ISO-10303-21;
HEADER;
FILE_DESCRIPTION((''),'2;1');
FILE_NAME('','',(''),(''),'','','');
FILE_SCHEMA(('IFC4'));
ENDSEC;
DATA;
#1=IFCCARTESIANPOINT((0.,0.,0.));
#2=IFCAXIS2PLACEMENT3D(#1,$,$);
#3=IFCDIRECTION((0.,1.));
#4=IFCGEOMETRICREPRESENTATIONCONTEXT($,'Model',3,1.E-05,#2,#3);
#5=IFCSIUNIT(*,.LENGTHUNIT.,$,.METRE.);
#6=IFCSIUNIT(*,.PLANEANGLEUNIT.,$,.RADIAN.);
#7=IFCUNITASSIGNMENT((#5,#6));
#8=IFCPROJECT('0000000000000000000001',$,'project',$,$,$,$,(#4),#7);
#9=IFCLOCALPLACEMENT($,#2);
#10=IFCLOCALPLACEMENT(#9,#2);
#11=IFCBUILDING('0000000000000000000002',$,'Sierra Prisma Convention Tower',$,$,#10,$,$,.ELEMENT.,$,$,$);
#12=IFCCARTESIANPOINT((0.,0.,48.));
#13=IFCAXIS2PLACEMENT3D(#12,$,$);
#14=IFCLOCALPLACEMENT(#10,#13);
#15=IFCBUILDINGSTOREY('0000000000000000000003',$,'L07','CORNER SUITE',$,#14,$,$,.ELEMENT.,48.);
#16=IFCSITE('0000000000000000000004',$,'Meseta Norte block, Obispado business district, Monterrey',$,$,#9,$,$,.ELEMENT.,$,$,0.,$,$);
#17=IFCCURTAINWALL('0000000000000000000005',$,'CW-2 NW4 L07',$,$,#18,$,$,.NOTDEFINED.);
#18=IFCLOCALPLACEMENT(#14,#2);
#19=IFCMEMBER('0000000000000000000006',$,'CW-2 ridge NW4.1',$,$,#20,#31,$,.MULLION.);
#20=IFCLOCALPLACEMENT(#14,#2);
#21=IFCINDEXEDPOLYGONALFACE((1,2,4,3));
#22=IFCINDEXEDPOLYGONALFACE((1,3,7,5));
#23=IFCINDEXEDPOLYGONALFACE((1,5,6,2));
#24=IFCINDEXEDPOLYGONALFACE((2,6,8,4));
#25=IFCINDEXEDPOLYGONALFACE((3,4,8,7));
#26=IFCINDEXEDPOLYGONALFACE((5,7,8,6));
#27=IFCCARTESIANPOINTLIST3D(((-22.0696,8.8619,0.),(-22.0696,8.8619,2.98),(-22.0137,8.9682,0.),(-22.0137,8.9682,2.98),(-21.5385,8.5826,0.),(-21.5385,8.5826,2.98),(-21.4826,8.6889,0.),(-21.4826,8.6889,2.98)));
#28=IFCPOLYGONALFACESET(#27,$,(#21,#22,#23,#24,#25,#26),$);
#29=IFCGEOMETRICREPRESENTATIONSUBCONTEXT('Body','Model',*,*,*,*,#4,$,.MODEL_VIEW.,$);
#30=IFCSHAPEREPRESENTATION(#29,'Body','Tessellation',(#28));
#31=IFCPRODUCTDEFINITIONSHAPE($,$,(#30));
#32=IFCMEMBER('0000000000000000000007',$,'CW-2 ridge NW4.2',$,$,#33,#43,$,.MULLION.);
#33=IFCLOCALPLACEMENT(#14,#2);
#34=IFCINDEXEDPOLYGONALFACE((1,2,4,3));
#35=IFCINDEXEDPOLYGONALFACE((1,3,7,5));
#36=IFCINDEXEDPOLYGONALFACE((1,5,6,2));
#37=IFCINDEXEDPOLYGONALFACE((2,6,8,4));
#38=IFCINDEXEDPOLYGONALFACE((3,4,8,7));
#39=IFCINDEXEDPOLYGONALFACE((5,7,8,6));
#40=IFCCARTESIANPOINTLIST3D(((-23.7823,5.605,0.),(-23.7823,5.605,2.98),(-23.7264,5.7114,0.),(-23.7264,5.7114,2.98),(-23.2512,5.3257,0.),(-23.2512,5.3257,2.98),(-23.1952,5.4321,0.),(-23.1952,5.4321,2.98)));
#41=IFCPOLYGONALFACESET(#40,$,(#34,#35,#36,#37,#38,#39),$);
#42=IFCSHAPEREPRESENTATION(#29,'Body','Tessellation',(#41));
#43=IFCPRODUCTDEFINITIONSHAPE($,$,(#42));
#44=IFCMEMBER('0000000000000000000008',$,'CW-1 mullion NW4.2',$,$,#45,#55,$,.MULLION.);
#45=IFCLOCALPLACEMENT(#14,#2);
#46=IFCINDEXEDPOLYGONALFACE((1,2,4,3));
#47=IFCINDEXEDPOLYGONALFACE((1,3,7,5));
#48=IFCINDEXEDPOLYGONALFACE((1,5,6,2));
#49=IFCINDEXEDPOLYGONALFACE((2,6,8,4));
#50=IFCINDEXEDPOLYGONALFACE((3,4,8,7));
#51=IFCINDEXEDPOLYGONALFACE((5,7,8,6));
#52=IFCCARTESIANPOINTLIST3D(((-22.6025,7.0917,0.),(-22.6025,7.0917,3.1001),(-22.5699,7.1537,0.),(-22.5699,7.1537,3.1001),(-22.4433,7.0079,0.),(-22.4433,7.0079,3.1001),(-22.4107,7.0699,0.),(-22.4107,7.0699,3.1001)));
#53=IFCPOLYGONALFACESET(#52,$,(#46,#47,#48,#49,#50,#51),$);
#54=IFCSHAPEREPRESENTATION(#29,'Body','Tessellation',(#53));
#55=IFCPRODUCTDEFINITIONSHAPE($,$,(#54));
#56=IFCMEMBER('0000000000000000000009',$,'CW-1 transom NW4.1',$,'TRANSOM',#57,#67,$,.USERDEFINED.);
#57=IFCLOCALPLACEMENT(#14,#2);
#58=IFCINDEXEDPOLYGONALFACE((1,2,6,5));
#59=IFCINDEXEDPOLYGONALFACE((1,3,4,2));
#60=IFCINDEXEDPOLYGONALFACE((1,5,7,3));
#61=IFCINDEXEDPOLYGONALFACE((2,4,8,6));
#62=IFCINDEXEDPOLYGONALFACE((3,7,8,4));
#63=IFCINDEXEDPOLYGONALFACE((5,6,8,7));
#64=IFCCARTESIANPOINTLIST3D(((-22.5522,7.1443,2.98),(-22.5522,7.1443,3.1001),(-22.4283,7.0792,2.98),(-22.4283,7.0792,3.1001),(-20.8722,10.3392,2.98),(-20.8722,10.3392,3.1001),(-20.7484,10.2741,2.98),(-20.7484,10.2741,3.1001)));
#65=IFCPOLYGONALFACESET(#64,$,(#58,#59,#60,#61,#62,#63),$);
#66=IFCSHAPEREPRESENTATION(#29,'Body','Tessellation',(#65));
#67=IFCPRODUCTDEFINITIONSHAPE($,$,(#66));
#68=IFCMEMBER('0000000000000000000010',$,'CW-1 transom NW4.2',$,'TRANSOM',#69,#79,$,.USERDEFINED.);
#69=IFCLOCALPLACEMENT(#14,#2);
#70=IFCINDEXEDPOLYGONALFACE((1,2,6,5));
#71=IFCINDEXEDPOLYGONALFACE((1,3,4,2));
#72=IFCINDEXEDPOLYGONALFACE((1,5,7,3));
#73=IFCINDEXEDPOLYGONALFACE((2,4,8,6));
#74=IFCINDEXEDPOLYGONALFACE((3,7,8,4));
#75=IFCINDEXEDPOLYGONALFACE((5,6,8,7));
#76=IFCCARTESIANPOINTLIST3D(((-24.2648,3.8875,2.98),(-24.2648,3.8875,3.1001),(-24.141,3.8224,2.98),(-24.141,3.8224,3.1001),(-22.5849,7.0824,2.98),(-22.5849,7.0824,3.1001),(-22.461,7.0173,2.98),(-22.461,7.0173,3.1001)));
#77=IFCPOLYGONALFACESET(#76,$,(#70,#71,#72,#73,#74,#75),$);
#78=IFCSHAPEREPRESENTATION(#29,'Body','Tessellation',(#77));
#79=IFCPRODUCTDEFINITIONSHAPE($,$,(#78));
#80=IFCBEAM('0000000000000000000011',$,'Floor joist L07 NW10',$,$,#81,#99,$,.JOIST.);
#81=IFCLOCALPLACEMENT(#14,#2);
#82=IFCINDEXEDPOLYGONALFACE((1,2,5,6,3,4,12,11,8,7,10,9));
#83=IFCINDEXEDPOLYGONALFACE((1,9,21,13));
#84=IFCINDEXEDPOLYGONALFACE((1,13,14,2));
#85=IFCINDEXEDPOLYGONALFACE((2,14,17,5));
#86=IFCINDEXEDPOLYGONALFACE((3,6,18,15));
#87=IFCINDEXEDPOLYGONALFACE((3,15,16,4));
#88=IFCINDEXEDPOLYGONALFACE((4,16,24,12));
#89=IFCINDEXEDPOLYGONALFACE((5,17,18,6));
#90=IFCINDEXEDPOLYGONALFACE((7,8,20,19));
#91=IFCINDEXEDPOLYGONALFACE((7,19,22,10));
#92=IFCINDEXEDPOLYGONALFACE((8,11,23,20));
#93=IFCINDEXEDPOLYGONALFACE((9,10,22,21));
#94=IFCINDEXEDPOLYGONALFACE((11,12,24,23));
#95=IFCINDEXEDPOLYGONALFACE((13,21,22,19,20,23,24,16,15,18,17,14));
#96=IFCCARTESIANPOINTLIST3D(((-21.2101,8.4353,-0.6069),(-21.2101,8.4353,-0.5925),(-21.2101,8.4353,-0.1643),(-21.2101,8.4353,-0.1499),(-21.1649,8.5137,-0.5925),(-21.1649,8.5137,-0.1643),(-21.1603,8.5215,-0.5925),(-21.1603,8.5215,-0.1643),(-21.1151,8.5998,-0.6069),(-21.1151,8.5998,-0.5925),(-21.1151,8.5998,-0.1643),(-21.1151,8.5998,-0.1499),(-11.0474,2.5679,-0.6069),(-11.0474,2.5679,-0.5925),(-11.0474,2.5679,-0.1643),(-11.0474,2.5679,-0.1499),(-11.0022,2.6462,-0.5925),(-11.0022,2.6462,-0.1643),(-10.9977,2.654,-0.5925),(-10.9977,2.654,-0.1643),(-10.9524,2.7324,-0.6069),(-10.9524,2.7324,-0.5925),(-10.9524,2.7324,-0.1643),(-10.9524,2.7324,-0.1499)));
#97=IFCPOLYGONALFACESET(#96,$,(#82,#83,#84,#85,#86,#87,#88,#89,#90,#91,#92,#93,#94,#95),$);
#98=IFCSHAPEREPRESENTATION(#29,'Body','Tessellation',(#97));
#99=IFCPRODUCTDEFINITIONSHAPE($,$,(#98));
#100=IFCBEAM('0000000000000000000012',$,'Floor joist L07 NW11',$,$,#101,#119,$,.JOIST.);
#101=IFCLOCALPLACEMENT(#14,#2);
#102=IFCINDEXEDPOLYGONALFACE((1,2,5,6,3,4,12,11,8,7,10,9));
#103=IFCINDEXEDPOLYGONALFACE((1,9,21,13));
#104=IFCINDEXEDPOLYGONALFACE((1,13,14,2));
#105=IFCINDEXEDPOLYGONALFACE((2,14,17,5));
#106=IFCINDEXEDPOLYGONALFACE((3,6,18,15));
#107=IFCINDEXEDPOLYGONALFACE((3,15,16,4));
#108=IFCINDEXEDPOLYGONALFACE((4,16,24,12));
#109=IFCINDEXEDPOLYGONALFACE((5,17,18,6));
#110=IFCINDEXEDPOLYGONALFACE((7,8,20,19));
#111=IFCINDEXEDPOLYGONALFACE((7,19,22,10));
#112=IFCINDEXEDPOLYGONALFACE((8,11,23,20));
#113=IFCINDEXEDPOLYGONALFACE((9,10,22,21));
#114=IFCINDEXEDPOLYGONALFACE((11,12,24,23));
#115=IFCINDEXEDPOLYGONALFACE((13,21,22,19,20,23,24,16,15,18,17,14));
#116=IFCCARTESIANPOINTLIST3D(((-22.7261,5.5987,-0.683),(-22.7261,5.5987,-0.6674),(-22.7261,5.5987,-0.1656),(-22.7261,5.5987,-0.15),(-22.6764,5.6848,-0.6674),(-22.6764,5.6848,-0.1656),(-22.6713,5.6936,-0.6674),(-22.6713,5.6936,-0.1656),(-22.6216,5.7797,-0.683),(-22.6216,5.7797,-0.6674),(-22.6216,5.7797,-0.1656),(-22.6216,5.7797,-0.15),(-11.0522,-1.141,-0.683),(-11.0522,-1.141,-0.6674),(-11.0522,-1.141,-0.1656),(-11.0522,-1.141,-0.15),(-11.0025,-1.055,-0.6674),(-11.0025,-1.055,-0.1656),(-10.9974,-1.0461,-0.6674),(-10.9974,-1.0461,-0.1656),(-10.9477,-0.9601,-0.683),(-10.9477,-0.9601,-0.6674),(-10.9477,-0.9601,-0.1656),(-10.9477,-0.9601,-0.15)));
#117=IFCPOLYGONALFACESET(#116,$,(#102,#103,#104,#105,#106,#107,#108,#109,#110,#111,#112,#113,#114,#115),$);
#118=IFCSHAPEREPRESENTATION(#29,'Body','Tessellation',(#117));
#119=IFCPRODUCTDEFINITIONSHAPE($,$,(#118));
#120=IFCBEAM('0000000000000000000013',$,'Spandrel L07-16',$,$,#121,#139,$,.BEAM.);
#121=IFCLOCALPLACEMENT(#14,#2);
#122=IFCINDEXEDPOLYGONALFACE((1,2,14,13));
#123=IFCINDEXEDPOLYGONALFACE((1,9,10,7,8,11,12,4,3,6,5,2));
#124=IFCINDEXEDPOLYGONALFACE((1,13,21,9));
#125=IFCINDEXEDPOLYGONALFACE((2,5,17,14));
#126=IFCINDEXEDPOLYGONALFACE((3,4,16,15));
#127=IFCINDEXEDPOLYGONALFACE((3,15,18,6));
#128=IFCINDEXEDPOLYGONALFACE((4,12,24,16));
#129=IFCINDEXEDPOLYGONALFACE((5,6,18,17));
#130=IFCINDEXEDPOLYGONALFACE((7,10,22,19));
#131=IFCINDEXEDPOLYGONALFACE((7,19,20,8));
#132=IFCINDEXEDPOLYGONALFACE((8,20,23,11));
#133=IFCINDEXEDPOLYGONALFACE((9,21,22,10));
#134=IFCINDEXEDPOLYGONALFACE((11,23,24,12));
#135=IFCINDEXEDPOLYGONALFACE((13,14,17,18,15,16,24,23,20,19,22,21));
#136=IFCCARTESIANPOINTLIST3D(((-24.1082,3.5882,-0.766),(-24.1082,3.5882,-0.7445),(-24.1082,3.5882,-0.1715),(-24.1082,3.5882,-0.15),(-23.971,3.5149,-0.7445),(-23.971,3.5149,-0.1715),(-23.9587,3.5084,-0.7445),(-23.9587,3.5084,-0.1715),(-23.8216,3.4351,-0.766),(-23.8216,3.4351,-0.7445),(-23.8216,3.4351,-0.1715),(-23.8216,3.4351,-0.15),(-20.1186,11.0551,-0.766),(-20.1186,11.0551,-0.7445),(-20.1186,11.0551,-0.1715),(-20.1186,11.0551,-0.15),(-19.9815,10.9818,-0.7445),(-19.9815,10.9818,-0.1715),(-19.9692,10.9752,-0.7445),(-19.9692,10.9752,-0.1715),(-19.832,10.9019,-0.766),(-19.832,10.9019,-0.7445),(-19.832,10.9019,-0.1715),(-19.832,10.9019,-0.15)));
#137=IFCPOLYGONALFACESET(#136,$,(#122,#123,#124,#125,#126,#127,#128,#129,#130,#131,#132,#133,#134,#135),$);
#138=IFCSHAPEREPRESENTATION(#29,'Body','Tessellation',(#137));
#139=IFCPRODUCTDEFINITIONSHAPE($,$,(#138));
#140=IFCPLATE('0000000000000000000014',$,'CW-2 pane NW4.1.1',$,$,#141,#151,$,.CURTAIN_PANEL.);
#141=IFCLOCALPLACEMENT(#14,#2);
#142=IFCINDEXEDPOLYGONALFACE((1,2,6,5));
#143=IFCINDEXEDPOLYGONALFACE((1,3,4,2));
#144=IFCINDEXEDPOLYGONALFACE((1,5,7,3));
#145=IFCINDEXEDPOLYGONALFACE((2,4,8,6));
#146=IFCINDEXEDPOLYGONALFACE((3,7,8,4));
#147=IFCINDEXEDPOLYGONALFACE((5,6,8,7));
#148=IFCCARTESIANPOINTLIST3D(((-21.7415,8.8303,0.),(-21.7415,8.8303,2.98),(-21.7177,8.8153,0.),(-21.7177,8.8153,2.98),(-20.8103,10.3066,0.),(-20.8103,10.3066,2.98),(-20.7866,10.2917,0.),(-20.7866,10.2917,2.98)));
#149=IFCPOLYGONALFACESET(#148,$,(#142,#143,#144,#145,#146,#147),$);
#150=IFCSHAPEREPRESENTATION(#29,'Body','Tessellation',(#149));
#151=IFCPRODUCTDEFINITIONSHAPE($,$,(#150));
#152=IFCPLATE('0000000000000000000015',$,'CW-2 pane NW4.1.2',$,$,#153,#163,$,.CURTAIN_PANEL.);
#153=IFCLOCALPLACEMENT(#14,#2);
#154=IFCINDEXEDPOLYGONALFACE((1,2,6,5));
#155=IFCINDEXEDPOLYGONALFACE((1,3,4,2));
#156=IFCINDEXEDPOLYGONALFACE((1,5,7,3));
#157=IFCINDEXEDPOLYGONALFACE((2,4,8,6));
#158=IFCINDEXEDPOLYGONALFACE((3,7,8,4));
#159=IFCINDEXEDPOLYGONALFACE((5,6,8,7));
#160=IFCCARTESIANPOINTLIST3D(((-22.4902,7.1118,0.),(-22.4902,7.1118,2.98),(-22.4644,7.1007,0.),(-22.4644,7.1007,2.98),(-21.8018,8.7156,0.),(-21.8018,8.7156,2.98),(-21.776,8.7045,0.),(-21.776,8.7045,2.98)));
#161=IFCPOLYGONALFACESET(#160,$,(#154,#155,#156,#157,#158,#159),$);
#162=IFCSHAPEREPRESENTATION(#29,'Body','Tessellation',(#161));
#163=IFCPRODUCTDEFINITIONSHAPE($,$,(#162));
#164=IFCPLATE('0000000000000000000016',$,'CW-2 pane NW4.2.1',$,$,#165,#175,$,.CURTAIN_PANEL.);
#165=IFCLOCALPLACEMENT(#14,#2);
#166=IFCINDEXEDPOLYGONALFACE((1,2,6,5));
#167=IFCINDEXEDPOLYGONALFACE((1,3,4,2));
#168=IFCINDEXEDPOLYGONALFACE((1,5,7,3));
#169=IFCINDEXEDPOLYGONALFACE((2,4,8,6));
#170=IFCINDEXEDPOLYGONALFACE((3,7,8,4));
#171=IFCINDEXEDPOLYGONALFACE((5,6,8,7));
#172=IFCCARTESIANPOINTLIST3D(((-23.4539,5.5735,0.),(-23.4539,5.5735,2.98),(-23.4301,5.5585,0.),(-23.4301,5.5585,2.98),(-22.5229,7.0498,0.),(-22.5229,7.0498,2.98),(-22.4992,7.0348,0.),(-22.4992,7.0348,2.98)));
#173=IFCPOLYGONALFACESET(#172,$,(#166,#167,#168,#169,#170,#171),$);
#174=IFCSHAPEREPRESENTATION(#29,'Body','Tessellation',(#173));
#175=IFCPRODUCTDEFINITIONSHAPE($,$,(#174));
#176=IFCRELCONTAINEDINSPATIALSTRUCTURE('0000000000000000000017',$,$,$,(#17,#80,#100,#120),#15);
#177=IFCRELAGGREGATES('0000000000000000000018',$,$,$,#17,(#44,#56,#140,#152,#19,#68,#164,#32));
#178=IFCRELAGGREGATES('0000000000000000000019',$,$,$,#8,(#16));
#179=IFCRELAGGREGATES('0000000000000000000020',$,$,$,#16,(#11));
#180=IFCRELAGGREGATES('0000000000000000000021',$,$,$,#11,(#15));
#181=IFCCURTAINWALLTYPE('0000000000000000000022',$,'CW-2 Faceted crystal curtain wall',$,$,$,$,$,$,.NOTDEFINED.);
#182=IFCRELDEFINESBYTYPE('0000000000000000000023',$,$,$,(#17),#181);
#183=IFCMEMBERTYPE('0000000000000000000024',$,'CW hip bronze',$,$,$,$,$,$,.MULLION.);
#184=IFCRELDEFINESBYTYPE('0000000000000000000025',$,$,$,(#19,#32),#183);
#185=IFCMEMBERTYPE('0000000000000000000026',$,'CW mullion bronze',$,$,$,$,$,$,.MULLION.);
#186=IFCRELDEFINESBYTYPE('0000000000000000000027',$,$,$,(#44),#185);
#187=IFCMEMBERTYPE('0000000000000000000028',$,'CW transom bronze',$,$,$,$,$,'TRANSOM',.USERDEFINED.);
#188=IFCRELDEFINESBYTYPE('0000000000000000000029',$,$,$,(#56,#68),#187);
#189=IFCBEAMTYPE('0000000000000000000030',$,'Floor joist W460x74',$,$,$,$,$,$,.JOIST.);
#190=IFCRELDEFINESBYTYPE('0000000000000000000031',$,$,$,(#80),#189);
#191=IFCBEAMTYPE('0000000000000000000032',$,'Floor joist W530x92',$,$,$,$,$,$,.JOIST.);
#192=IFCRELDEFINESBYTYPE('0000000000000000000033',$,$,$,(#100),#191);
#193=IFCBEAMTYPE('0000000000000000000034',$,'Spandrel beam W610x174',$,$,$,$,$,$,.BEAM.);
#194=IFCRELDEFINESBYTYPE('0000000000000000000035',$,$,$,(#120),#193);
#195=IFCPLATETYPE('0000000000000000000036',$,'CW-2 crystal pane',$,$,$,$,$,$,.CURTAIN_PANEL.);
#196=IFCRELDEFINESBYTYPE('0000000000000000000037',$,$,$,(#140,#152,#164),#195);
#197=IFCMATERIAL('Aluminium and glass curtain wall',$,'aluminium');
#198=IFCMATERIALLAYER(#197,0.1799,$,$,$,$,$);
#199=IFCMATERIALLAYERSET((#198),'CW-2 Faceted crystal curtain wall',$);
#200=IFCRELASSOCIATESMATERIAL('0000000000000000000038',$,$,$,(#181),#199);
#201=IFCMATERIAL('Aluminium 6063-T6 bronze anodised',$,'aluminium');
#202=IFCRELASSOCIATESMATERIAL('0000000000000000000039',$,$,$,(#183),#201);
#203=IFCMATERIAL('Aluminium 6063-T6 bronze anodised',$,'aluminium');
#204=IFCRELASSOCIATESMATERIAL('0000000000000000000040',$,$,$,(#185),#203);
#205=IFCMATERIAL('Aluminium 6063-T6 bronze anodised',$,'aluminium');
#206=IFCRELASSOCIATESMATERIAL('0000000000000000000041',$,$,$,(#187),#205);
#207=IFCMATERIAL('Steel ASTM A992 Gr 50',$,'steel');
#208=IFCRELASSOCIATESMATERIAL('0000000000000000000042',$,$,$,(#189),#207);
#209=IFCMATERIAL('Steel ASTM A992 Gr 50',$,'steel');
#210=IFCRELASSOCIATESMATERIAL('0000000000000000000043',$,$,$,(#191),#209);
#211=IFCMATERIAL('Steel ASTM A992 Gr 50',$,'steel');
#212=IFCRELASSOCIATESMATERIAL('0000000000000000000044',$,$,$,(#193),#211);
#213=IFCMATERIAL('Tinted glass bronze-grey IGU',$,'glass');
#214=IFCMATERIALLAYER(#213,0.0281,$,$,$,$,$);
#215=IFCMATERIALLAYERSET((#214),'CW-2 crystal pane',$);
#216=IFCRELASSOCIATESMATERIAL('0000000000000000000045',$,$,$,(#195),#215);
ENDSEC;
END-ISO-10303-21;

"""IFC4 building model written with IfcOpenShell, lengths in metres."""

from ifc_helpers import new_model, si_unit, direction, frame, origin, origin_2d, place, context, subcontext, project, spatial, polyline, rectangle, i_section, outline, extrude, material, layer, layer_set, material_profile, profile_set, type_object, element, aggregate, save


model = new_model("IFC4")

# Units and contexts
model_context = context("Model", 3, precision=1e-05, world=origin(), true_north=direction((0.0, 1.0)))
body_context = subcontext(model_context, "Body", "Model", "MODEL_VIEW")
ifc_project = project(units=[si_unit("LENGTHUNIT", "METRE"), si_unit("PLANEANGLEUNIT", "RADIAN")], contexts=[model_context])

# Site, building, storey
site_placement = place(None, origin())
site = spatial("IfcSite", under=ifc_project, at=site_placement, Name="Meseta Norte block, Obispado business district, Monterrey", CompositionType="ELEMENT", RefElevation=0.0)
building_placement = place(site_placement, origin())
building = spatial("IfcBuilding", under=site, at=building_placement, Name="Sierra Prisma Convention Tower", CompositionType="ELEMENT")
storey_placement = place(building_placement, frame((0.0, 0.0, 48.0)))
storey = spatial("IfcBuildingStorey", under=building, at=storey_placement, Name="L07", Description="CORNER SUITE", CompositionType="ELEMENT", Elevation=48.0)

# Curtain wall, members
ifc_material_1 = material(Name="Aluminium and glass curtain wall", Category="aluminium")
ifc_layer_1 = layer(ifc_material_1, 0.1799)
ifc_layer_set_1 = layer_set([ifc_layer_1], Name="CW-2 Faceted crystal curtain wall")
curtain_wall_type = type_object("IfcCurtainWallType", Name="CW-2 Faceted crystal curtain wall", PredefinedType="NOTDEFINED", material=ifc_layer_set_1)
curtain_wall_placement = place(storey_placement, origin())
curtain_wall = element("IfcCurtainWall", 1, at=curtain_wall_placement, inside=storey, type_object=curtain_wall_type, Name="CW-2 NW4 L07", PredefinedType="NOTDEFINED")
ifc_material_2 = material(Name="Aluminium 6063-T6 bronze anodised", Category="aluminium")
ifc_material_profile_1 = material_profile(ifc_material_2, rectangle(XDim=0.1201, YDim=0.6001, at=origin_2d()), Name="ALU RIDGE BLADE 120x600")
ifc_profile_set_1 = profile_set([ifc_material_profile_1], Name="Aluminium 6063-T6 bronze anodised")
member_type_1 = type_object("IfcMemberType", Name="CW hip bronze", PredefinedType="MULLION", material=ifc_profile_set_1)
member_1_placement = place(storey_placement, frame((-21.7761, 8.7754, 0.0), z_axis=(0.0, 0.0, 1.0), x_axis=(-0.46543, -0.885085, 0.0)))
member_1 = element("IfcMember", 2, at=member_1_placement, type_object=member_type_1, Name="CW-2 ridge NW4.1", PredefinedType="MULLION", context=body_context, shape_type="SweptSolid", body=[
    extrude(rectangle(XDim=0.1201, YDim=0.6001, at=origin_2d()), origin(), (0.0, 0.0, 1.0), 2.98),
])
member_2_placement = place(storey_placement, frame((-23.4888, 5.5186, 0.0), z_axis=(0.0, 0.0, 1.0), x_axis=(-0.46543, -0.885085, 0.0)))
member_2 = element("IfcMember", 3, at=member_2_placement, type_object=member_type_1, Name="CW-2 ridge NW4.2", PredefinedType="MULLION", context=body_context, shape_type="SweptSolid", body=[
    extrude(rectangle(XDim=0.1201, YDim=0.6001, at=origin_2d()), origin(), (0.0, 0.0, 1.0), 2.98),
])
ifc_material_3 = material(Name="Aluminium 6063-T6 bronze anodised", Category="aluminium")
ifc_material_profile_2 = material_profile(ifc_material_3, rectangle(XDim=0.1799, YDim=0.0701, at=origin_2d()), Name="ALU MULLION 70x180")
ifc_profile_set_2 = profile_set([ifc_material_profile_2], Name="Aluminium 6063-T6 bronze anodised")
member_type_2 = type_object("IfcMemberType", Name="CW mullion bronze", PredefinedType="MULLION", material=ifc_profile_set_2)
member_3_placement = place(storey_placement, frame((-22.5066, 7.0808, 0.0), z_axis=(0.0, 0.0, 1.0), x_axis=(0.885085, -0.46543, 0.0)))
member_3 = element("IfcMember", 4, at=member_3_placement, type_object=member_type_2, Name="CW-1 mullion NW4.2", PredefinedType="MULLION", context=body_context, shape_type="SweptSolid", body=[
    extrude(rectangle(XDim=0.1799, YDim=0.0701, at=origin_2d()), origin(), (0.0, 0.0, 1.0), 3.1001),
])
ifc_material_4 = material(Name="Aluminium 6063-T6 bronze anodised", Category="aluminium")
ifc_material_profile_3 = material_profile(ifc_material_4, rectangle(XDim=0.1399, YDim=0.1201, at=origin_2d()), Name="ALU TRANSOM 120x140")
ifc_profile_set_3 = profile_set([ifc_material_profile_3], Name="Aluminium 6063-T6 bronze anodised")
member_type_3 = type_object("IfcMemberType", Name="CW transom bronze", ElementType="TRANSOM", PredefinedType="USERDEFINED", material=ifc_profile_set_3)
member_4_placement = place(storey_placement, frame((-20.8103, 10.3066, 3.04), z_axis=(-0.465409, -0.885096, 0.0), x_axis=(0.885096, -0.465409, 0.0)))
member_4 = element("IfcMember", 5, at=member_4_placement, type_object=member_type_3, Name="CW-1 transom NW4.1", ObjectType="TRANSOM", PredefinedType="USERDEFINED", context=body_context, shape_type="SweptSolid", body=[
    extrude(rectangle(XDim=0.1399, YDim=0.1201, at=origin_2d()), origin(), (0.0, 0.0, 1.0), 3.6096),
])
member_5_placement = place(storey_placement, frame((-22.5229, 7.0498, 3.04), z_axis=(-0.465409, -0.885096, 0.0), x_axis=(0.885096, -0.465409, 0.0)))
member_5 = element("IfcMember", 6, at=member_5_placement, type_object=member_type_3, Name="CW-1 transom NW4.2", ObjectType="TRANSOM", PredefinedType="USERDEFINED", context=body_context, shape_type="SweptSolid", body=[
    extrude(rectangle(XDim=0.1399, YDim=0.1201, at=origin_2d()), origin(), (0.0, 0.0, 1.0), 3.6096),
])

# Beams
ifc_material_5 = material(Name="Steel ASTM A992 Gr 50", Category="steel")
ifc_material_profile_4 = material_profile(ifc_material_5, i_section(OverallWidth=0.1899, OverallDepth=0.457, WebThickness=0.009, FlangeThickness=0.0144, at=origin_2d()), Name="W460x74")
ifc_profile_set_4 = profile_set([ifc_material_profile_4], Name="Steel ASTM A992 Gr 50")
beam_type_1 = type_object("IfcBeamType", Name="Floor joist W460x74", PredefinedType="JOIST", material=ifc_profile_set_4)
beam_1_placement = place(storey_placement, frame((-21.1626, 8.5176, -0.3784), z_axis=(0.866023, -0.500003, 0.0), x_axis=(0.500003, 0.866023, 0.0)))
element("IfcBeam", 7, at=beam_1_placement, inside=storey, type_object=beam_type_1, Name="Floor joist L07 NW10", PredefinedType="JOIST", context=body_context, shape_type="SweptSolid", body=[
    extrude(i_section(OverallWidth=0.1899, OverallDepth=0.457, WebThickness=0.009, FlangeThickness=0.0144, at=origin_2d()), origin(), (0.0, 0.0, 1.0), 11.7349),
])
ifc_material_6 = material(Name="Steel ASTM A992 Gr 50", Category="steel")
ifc_material_profile_5 = material_profile(ifc_material_6, i_section(OverallWidth=0.209, OverallDepth=0.533, WebThickness=0.0103, FlangeThickness=0.0156, at=origin_2d()), Name="W530x92")
ifc_profile_set_5 = profile_set([ifc_material_profile_5], Name="Steel ASTM A992 Gr 50")
beam_type_2 = type_object("IfcBeamType", Name="Floor joist W530x92", PredefinedType="JOIST", material=ifc_profile_set_5)
beam_2_placement = place(storey_placement, frame((-22.6738, 5.6892, -0.4165), z_axis=(0.86603, -0.499992, 0.0), x_axis=(0.499992, 0.86603, 0.0)))
element("IfcBeam", 8, at=beam_2_placement, inside=storey, type_object=beam_type_2, Name="Floor joist L07 NW11", PredefinedType="JOIST", context=body_context, shape_type="SweptSolid", body=[
    extrude(i_section(OverallWidth=0.209, OverallDepth=0.533, WebThickness=0.0103, FlangeThickness=0.0156, at=origin_2d()), origin(), (0.0, 0.0, 1.0), 13.4797),
])
ifc_material_7 = material(Name="Steel ASTM A992 Gr 50", Category="steel")
ifc_material_profile_6 = material_profile(ifc_material_7, i_section(OverallWidth=0.325, OverallDepth=0.616, WebThickness=0.0139, FlangeThickness=0.0215, at=origin_2d()), Name="W610x174")
ifc_profile_set_6 = profile_set([ifc_material_profile_6], Name="Steel ASTM A992 Gr 50")
beam_type_3 = type_object("IfcBeamType", Name="Spandrel beam W610x174", PredefinedType="BEAM", material=ifc_profile_set_6)
beam_3_placement = place(storey_placement, frame((-19.9753, 10.9785, -0.458), z_axis=(-0.471251, -0.881999, 0.0), x_axis=(0.881999, -0.471251, 0.0)))
element("IfcBeam", 9, at=beam_3_placement, inside=storey, type_object=beam_type_3, Name="Spandrel L07-16", PredefinedType="BEAM", context=body_context, shape_type="SweptSolid", body=[
    extrude(i_section(OverallWidth=0.325, OverallDepth=0.616, WebThickness=0.0139, FlangeThickness=0.0215, at=origin_2d()), origin(), (0.0, 0.0, 1.0), 8.4658),
])

# Plates
ifc_material_8 = material(Name="Tinted glass bronze-grey IGU", Category="glass")
ifc_layer_2 = layer(ifc_material_8, 0.0281)
ifc_layer_set_2 = layer_set([ifc_layer_2], Name="CW-2 crystal pane")
plate_type = type_object("IfcPlateType", Name="CW-2 crystal pane", PredefinedType="CURTAIN_PANEL", material=ifc_layer_set_2)
plate_1_placement = place(storey_placement, frame((-20.8103, 10.3066, 0.0), z_axis=(-0.845814, 0.533477, 0.0), x_axis=(-0.533477, -0.845814, 0.0)))
plate_1 = element("IfcPlate", 10, at=plate_1_placement, type_object=plate_type, Name="CW-2 pane NW4.1.1", PredefinedType="CURTAIN_PANEL", context=body_context, shape_type="SweptSolid", body=[
    extrude(outline(polyline([(0.0, 0.0), (1.7454, 0.0), (1.7454, 2.98), (0.0, 2.98), (0.0, 0.0)])), origin(), (0.0, 0.0, -1.0), 0.0281),
])
plate_2_placement = place(storey_placement, frame((-22.4902, 7.1118, 0.0), z_axis=(-0.918906, 0.394476, 0.0), x_axis=(0.394476, 0.918906, 0.0)))
plate_2 = element("IfcPlate", 11, at=plate_2_placement, type_object=plate_type, Name="CW-2 pane NW4.1.2", PredefinedType="CURTAIN_PANEL", context=body_context, shape_type="SweptSolid", body=[
    extrude(outline(polyline([(0.0, 0.0), (1.7453, 0.0), (1.7453, -2.98), (0.0, -2.98), (0.0, 0.0)])), origin(), (0.0, 0.0, -1.0), 0.0281),
])
plate_3_placement = place(storey_placement, frame((-22.5229, 7.0498, 0.0), z_axis=(-0.845878, 0.533377, 0.0), x_axis=(-0.533377, -0.845878, 0.0)))
plate_3 = element("IfcPlate", 12, at=plate_3_placement, type_object=plate_type, Name="CW-2 pane NW4.2.1", PredefinedType="CURTAIN_PANEL", context=body_context, shape_type="SweptSolid", body=[
    extrude(outline(polyline([(0.0, 0.0), (1.7453, 0.0), (1.7453, 2.98), (0.0, 2.98), (0.0, 0.0)])), origin(), (0.0, 0.0, -1.0), 0.0281),
])
aggregate(curtain_wall, [member_3, member_4, plate_1, plate_2, member_1, member_5, plate_3, member_2])

save(model, "model.ifc")
